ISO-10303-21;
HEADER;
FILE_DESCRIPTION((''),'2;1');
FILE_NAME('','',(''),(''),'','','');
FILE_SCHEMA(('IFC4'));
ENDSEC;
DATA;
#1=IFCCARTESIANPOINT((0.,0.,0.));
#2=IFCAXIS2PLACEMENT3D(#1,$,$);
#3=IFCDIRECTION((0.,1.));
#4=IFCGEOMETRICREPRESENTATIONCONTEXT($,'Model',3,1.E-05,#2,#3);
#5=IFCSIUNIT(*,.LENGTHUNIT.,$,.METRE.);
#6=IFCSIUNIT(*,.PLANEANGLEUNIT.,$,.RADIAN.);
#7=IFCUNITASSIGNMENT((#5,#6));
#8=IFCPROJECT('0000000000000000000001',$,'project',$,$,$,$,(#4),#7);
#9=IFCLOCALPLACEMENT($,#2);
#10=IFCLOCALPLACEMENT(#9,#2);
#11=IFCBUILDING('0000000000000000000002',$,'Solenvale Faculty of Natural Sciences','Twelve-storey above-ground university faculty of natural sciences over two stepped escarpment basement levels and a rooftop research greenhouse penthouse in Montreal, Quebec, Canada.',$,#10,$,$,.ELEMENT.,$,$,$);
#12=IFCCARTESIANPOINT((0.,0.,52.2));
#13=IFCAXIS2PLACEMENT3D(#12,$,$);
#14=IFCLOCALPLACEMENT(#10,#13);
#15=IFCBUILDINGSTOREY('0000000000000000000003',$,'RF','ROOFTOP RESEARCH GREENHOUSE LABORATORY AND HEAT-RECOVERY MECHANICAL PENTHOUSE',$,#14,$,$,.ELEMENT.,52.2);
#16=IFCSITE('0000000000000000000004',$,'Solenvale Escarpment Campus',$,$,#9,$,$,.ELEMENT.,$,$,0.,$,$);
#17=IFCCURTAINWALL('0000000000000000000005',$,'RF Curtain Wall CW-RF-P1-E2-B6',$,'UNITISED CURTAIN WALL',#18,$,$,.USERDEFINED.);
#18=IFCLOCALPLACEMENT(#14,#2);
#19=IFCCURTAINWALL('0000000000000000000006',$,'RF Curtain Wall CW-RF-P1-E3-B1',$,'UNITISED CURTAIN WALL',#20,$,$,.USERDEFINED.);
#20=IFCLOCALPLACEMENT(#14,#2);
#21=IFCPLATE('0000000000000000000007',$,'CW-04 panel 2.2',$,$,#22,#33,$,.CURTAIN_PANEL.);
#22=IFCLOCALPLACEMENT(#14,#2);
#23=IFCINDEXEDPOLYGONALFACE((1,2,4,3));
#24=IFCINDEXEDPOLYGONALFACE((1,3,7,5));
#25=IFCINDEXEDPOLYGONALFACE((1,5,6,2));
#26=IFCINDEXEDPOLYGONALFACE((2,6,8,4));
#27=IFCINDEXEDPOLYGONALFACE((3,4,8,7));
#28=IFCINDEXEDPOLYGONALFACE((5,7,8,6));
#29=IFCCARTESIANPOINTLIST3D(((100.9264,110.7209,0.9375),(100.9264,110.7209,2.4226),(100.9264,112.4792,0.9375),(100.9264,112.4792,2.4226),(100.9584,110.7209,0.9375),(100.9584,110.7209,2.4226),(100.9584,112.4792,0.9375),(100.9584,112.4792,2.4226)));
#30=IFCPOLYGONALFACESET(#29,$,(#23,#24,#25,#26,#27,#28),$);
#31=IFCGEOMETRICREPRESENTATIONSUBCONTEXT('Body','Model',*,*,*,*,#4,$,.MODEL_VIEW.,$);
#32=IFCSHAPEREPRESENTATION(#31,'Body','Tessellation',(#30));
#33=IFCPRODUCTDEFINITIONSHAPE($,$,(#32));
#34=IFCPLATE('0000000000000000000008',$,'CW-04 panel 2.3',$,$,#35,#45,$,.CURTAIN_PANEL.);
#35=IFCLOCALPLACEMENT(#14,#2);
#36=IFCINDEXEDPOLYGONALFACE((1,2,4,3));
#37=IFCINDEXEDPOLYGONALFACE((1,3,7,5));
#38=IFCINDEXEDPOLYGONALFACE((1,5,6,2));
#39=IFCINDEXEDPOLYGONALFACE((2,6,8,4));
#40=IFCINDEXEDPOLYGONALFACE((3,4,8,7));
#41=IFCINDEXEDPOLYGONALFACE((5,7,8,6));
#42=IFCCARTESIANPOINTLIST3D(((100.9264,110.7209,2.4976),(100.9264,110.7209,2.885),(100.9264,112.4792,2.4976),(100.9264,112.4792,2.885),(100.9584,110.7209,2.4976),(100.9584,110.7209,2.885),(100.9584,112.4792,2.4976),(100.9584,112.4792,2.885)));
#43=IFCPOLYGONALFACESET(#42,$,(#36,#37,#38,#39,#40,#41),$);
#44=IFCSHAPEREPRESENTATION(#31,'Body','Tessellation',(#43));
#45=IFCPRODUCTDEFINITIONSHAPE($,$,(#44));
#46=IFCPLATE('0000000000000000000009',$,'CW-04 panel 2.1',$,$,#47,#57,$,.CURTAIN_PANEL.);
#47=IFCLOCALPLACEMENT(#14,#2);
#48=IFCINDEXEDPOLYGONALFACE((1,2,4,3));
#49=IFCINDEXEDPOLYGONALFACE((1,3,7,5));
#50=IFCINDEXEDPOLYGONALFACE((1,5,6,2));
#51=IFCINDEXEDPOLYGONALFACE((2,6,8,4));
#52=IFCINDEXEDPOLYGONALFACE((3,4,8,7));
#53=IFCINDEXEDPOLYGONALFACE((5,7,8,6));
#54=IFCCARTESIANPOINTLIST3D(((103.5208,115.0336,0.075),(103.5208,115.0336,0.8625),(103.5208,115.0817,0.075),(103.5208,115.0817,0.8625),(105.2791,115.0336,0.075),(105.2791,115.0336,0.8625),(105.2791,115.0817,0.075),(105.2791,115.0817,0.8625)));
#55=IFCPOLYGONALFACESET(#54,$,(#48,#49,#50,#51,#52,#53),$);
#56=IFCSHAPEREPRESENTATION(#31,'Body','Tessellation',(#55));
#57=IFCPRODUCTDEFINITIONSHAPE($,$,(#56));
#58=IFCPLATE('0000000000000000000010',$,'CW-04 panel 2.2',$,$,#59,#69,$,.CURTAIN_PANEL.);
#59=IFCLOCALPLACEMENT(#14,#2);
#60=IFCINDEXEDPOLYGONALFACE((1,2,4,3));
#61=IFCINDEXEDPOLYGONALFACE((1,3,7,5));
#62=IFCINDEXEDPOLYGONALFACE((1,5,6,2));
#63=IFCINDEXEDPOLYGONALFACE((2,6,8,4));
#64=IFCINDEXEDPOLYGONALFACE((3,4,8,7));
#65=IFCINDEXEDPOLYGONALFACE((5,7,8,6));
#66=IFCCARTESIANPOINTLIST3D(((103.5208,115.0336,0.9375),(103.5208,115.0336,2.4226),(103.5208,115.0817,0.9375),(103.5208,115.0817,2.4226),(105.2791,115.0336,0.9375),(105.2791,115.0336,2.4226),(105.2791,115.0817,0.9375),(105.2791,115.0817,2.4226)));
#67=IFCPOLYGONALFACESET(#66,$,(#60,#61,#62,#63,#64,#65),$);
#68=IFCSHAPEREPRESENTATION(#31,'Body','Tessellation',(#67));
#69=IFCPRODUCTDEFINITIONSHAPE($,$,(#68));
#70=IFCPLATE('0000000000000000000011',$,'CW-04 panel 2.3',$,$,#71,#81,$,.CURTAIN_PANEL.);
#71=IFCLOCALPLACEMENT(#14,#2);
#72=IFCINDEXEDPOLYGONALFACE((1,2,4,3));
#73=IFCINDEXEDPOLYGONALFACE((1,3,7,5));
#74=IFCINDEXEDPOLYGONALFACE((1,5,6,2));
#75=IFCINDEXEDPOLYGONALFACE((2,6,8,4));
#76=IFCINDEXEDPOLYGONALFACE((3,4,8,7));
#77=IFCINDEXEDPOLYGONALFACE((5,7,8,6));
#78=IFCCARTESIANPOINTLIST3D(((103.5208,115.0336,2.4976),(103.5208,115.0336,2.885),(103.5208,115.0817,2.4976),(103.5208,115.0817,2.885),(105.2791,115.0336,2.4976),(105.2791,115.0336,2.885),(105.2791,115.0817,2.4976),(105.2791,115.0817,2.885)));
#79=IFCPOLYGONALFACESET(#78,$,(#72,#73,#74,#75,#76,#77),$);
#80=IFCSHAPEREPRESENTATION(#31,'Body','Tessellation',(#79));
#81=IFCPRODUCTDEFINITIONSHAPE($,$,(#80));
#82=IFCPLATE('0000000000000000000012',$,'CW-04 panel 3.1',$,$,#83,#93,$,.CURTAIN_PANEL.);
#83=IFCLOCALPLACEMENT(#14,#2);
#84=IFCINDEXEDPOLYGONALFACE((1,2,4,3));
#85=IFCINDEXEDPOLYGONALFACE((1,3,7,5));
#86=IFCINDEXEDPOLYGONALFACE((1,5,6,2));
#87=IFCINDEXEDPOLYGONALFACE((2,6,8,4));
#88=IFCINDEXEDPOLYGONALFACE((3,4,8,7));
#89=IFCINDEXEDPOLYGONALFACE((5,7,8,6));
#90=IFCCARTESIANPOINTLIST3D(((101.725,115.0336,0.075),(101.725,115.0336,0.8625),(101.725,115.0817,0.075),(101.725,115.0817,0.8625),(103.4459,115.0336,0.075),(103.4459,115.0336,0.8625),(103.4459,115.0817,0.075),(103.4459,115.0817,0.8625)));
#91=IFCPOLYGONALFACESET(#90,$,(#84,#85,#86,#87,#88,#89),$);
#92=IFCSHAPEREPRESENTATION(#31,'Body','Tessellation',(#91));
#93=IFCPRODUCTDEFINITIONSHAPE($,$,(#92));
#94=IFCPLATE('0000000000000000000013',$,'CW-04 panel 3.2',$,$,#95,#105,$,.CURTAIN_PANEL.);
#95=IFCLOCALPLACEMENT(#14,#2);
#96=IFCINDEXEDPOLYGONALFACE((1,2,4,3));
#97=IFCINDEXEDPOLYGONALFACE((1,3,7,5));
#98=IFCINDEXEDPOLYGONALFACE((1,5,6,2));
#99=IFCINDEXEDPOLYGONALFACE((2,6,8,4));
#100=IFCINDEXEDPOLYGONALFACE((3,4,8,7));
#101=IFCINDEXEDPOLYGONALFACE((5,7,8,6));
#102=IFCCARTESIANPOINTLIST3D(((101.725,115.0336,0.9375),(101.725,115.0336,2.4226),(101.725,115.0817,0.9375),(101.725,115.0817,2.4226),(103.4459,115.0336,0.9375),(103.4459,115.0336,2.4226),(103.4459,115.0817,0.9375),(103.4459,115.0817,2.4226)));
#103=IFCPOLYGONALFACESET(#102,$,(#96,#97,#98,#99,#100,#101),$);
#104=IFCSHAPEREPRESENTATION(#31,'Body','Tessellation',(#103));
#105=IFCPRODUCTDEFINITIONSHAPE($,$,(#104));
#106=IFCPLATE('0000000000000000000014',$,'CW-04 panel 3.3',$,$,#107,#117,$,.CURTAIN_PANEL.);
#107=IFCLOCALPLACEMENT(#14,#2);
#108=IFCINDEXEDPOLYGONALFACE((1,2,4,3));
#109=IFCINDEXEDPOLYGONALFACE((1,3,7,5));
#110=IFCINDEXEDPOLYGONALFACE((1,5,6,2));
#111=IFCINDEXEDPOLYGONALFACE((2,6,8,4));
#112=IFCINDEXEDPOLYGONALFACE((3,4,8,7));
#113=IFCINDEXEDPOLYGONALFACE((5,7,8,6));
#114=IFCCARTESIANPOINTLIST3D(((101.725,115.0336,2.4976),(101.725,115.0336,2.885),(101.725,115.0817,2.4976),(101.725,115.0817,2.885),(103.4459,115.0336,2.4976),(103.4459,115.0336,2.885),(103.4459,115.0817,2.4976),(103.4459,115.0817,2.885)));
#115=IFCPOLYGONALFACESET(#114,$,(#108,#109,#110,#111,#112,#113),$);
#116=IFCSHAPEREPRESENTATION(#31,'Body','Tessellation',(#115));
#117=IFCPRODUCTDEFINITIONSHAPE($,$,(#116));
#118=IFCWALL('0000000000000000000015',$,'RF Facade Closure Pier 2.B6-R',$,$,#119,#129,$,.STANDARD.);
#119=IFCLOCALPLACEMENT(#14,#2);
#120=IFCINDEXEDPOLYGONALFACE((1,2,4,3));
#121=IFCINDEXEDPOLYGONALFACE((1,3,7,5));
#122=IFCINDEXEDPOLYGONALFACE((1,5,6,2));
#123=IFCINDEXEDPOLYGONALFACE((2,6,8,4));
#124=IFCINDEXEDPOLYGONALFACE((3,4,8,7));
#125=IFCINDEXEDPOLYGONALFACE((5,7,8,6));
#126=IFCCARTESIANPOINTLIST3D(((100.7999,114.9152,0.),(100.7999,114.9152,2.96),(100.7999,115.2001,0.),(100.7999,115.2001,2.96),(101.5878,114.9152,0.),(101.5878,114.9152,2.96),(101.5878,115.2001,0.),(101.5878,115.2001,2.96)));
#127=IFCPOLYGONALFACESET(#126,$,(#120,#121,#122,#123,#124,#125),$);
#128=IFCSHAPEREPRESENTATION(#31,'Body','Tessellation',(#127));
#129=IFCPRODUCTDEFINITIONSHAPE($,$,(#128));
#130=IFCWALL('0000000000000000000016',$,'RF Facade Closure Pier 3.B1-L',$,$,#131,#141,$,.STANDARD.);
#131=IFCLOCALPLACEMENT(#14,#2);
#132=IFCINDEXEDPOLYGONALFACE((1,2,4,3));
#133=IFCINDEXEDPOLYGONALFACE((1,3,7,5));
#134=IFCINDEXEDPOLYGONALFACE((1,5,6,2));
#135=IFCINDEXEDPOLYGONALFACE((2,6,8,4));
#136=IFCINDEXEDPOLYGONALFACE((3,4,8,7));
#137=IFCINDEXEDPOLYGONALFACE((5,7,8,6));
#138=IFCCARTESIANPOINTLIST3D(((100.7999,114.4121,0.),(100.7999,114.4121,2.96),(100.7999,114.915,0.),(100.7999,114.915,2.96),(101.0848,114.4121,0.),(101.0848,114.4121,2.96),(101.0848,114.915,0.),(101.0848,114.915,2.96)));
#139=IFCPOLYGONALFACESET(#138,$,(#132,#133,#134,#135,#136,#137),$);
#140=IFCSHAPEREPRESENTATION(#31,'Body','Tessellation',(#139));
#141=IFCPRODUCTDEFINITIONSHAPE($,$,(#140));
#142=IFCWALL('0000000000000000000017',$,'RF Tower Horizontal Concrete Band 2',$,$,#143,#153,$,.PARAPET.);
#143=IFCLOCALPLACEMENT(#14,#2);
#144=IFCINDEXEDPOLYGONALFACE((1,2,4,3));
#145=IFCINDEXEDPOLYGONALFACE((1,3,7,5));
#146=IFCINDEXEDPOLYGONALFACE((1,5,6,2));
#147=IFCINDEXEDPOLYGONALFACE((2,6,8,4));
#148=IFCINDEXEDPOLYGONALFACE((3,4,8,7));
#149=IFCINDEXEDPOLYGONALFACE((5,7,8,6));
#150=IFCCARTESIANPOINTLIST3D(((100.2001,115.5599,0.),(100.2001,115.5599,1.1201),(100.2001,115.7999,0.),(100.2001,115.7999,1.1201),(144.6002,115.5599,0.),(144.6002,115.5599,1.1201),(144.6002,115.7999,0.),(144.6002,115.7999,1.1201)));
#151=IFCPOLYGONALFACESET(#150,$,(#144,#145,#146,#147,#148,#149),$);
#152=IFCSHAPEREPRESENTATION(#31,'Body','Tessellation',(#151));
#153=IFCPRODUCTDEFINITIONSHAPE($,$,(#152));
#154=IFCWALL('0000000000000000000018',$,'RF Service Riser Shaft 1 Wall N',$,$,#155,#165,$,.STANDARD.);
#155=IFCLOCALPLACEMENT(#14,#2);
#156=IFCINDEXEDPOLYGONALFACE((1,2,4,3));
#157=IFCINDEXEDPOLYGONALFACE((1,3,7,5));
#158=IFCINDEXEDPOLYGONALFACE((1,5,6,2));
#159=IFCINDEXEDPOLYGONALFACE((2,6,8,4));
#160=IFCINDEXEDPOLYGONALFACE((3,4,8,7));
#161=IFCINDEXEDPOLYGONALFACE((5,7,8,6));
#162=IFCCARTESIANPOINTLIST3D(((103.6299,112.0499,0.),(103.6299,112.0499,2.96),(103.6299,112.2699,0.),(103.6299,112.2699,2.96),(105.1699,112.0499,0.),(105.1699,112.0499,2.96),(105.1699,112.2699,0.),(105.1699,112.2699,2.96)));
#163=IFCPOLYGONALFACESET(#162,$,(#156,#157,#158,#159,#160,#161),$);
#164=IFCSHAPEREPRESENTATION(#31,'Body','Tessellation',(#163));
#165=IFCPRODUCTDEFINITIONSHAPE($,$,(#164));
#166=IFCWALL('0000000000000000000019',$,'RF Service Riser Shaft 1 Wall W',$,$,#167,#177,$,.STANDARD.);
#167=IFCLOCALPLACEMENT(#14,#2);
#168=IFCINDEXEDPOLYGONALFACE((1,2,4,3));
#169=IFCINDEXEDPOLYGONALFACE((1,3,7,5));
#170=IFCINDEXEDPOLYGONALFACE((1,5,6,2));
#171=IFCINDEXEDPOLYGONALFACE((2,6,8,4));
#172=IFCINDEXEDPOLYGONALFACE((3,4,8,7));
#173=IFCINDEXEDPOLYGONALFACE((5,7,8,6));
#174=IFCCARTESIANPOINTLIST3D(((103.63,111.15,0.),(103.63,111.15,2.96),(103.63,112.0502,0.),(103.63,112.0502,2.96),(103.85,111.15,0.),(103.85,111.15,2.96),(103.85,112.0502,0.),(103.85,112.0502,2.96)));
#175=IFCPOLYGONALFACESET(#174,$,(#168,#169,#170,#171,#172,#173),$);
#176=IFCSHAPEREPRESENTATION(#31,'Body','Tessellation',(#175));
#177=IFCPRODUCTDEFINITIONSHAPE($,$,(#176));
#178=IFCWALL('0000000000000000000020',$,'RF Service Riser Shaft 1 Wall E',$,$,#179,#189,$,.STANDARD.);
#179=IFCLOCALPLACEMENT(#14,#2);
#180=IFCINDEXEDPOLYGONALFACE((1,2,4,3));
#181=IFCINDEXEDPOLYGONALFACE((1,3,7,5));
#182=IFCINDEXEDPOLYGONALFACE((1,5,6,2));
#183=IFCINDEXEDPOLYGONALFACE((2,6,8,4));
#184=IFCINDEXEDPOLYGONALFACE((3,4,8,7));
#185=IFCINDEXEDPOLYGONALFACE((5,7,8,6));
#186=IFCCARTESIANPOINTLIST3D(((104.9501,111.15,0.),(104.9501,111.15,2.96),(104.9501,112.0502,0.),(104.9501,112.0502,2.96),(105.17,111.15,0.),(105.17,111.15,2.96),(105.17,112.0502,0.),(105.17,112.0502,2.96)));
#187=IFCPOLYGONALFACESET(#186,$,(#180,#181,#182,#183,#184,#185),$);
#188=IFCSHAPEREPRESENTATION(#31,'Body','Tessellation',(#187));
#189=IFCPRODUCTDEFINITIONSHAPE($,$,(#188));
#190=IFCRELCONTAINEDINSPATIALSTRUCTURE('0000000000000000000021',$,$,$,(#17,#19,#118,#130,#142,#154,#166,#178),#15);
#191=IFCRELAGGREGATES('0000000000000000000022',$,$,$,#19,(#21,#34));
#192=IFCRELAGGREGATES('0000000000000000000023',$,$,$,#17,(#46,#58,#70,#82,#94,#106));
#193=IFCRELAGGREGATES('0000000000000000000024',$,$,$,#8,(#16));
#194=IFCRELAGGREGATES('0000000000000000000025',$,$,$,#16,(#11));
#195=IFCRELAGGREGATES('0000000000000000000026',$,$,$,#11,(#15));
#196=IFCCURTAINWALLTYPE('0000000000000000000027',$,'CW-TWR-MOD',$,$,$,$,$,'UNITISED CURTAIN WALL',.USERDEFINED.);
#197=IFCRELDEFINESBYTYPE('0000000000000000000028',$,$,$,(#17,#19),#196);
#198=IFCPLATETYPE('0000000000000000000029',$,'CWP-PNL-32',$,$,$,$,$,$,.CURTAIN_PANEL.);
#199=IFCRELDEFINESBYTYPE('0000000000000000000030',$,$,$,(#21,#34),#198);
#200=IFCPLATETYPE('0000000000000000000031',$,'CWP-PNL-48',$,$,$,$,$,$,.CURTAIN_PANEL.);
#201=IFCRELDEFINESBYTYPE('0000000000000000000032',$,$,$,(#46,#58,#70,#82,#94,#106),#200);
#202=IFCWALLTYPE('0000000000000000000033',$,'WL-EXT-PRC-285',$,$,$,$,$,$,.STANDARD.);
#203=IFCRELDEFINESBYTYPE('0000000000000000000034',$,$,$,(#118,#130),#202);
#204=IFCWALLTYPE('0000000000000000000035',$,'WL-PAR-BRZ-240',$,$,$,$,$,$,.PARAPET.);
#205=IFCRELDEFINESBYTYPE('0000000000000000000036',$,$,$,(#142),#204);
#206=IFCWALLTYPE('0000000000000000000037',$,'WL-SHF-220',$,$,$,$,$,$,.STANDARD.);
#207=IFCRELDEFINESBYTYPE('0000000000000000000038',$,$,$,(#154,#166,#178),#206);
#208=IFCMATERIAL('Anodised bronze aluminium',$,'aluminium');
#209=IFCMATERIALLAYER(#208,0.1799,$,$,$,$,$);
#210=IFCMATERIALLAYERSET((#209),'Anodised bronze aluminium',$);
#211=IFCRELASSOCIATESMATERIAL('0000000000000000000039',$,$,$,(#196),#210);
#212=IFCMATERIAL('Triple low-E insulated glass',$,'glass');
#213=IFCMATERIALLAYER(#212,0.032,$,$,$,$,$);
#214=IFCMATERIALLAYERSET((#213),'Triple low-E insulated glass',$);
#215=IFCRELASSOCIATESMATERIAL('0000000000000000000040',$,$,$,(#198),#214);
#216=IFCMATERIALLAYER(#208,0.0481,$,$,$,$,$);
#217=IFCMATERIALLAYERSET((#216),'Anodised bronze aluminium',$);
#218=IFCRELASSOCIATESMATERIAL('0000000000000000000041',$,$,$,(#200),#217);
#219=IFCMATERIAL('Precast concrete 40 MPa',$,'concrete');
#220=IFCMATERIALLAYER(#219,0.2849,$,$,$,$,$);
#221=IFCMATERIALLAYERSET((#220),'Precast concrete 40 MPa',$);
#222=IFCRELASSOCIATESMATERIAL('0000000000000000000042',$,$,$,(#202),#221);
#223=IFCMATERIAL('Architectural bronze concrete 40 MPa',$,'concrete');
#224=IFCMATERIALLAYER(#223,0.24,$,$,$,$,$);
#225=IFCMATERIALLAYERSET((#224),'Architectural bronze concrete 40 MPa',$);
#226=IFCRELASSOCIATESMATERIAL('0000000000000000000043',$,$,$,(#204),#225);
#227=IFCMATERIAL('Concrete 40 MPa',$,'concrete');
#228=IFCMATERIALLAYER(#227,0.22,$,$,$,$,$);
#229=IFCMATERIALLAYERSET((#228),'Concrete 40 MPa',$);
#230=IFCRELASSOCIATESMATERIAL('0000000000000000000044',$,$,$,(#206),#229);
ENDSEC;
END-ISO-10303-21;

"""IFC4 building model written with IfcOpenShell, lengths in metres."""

from ifc_helpers import new_model, si_unit, direction, frame, frame_2d, origin, origin_2d, place, context, subcontext, project, spatial, rectangle, extrude, material, layer, layer_set, type_object, element, aggregate, save


model = new_model("IFC4")

# Units and contexts
model_context = context("Model", 3, precision=1e-05, world=origin(), true_north=direction((0.0, 1.0)))
body_context = subcontext(model_context, "Body", "Model", "MODEL_VIEW")
ifc_project = project(units=[si_unit("LENGTHUNIT", "METRE"), si_unit("PLANEANGLEUNIT", "RADIAN")], contexts=[model_context])

# Site, building, storey
site_placement = place(None, origin())
site = spatial("IfcSite", under=ifc_project, at=site_placement, Name="Solenvale Escarpment Campus", CompositionType="ELEMENT", RefElevation=0.0)
building_placement = place(site_placement, origin())
building = spatial("IfcBuilding", under=site, at=building_placement, Name="Solenvale Faculty of Natural Sciences", Description="Twelve-storey above-ground university faculty of natural sciences over two stepped escarpment basement levels and a rooftop research greenhouse penthouse in Montreal, Quebec, Canada.", CompositionType="ELEMENT")
storey_placement = place(building_placement, frame((0.0, 0.0, 52.2)))
storey = spatial("IfcBuildingStorey", under=building, at=storey_placement, Name="RF", Description="ROOFTOP RESEARCH GREENHOUSE LABORATORY AND HEAT-RECOVERY MECHANICAL PENTHOUSE", CompositionType="ELEMENT", Elevation=52.2)

# Shared definitions
ifc_material_1 = material(Name="Concrete 40 MPa", Category="concrete")

# Shared definitions
ifc_material_2 = material(Name="Precast concrete 40 MPa", Category="concrete")

# Curtain walls
ifc_material_3 = material(Name="Anodised bronze aluminium", Category="aluminium")
ifc_layer_1 = layer(ifc_material_3, 0.1799)
ifc_layer_set_1 = layer_set([ifc_layer_1], Name="Anodised bronze aluminium")
curtain_wall_type = type_object("IfcCurtainWallType", Name="CW-TWR-MOD", ElementType="UNITISED CURTAIN WALL", PredefinedType="USERDEFINED", material=ifc_layer_set_1)
curtain_wall_1_placement = place(storey_placement, origin())
curtain_wall_1 = element("IfcCurtainWall", 1, at=curtain_wall_1_placement, inside=storey, type_object=curtain_wall_type, Name="RF Curtain Wall CW-RF-P1-E2-B6", ObjectType="UNITISED CURTAIN WALL", PredefinedType="USERDEFINED")
curtain_wall_2_placement = place(storey_placement, origin())
curtain_wall_2 = element("IfcCurtainWall", 2, at=curtain_wall_2_placement, inside=storey, type_object=curtain_wall_type, Name="RF Curtain Wall CW-RF-P1-E3-B1", ObjectType="UNITISED CURTAIN WALL", PredefinedType="USERDEFINED")

# Plates
ifc_material_4 = material(Name="Triple low-E insulated glass", Category="glass")
ifc_layer_2 = layer(ifc_material_4, 0.032)
ifc_layer_set_2 = layer_set([ifc_layer_2], Name="Triple low-E insulated glass")
plate_type_1 = type_object("IfcPlateType", Name="CWP-PNL-32", PredefinedType="CURTAIN_PANEL", material=ifc_layer_set_2)
plate_1_placement = place(storey_placement, frame((100.9424, 111.6001, 0.9375), z_axis=(0.0, 0.0, 1.0), x_axis=(0.0, -1.0, 0.0)))
plate_1 = element("IfcPlate", 3, at=plate_1_placement, type_object=plate_type_1, Name="CW-04 panel 2.2", PredefinedType="CURTAIN_PANEL", context=body_context, shape_type="SweptSolid", body=[
    extrude(rectangle(XDim=1.7583, YDim=0.032, at=origin_2d()), origin(), (0.0, 0.0, 1.0), 1.4851),
])
plate_2_placement = place(storey_placement, frame((100.9424, 111.6001, 2.4976), z_axis=(0.0, 0.0, 1.0), x_axis=(0.0, -1.0, 0.0)))
plate_2 = element("IfcPlate", 4, at=plate_2_placement, type_object=plate_type_1, Name="CW-04 panel 2.3", PredefinedType="CURTAIN_PANEL", context=body_context, shape_type="SweptSolid", body=[
    extrude(rectangle(XDim=1.7583, YDim=0.032, at=origin_2d()), origin(), (0.0, 0.0, 1.0), 0.3875),
])
aggregate(curtain_wall_2, [plate_1, plate_2])
ifc_layer_3 = layer(ifc_material_3, 0.0481)
ifc_layer_set_3 = layer_set([ifc_layer_3], Name="Anodised bronze aluminium")
plate_type_2 = type_object("IfcPlateType", Name="CWP-PNL-48", PredefinedType="CURTAIN_PANEL", material=ifc_layer_set_3)
plate_3_placement = place(storey_placement, frame((104.3999, 115.0576, 0.075), z_axis=(0.0, 0.0, 1.0), x_axis=(-1.0, 0.0, 0.0)))
plate_3 = element("IfcPlate", 5, at=plate_3_placement, type_object=plate_type_2, Name="CW-04 panel 2.1", PredefinedType="CURTAIN_PANEL", context=body_context, shape_type="SweptSolid", body=[
    extrude(rectangle(XDim=1.7583, YDim=0.0481, at=origin_2d()), origin(), (0.0, 0.0, 1.0), 0.7876),
])
plate_4_placement = place(storey_placement, frame((104.3999, 115.0576, 0.9375), z_axis=(0.0, 0.0, 1.0), x_axis=(-1.0, 0.0, 0.0)))
plate_4 = element("IfcPlate", 6, at=plate_4_placement, type_object=plate_type_2, Name="CW-04 panel 2.2", PredefinedType="CURTAIN_PANEL", context=body_context, shape_type="SweptSolid", body=[
    extrude(rectangle(XDim=1.7583, YDim=0.0481, at=origin_2d()), origin(), (0.0, 0.0, 1.0), 1.4851),
])
plate_5_placement = place(storey_placement, frame((104.3999, 115.0576, 2.4976), z_axis=(0.0, 0.0, 1.0), x_axis=(-1.0, 0.0, 0.0)))
plate_5 = element("IfcPlate", 7, at=plate_5_placement, type_object=plate_type_2, Name="CW-04 panel 2.3", PredefinedType="CURTAIN_PANEL", context=body_context, shape_type="SweptSolid", body=[
    extrude(rectangle(XDim=1.7583, YDim=0.0481, at=origin_2d()), origin(), (0.0, 0.0, 1.0), 0.3875),
])
plate_6_placement = place(storey_placement, frame((102.5854, 115.0576, 0.075), z_axis=(0.0, 0.0, 1.0), x_axis=(-1.0, 0.0, 0.0)))
plate_6 = element("IfcPlate", 8, at=plate_6_placement, type_object=plate_type_2, Name="CW-04 panel 3.1", PredefinedType="CURTAIN_PANEL", context=body_context, shape_type="SweptSolid", body=[
    extrude(rectangle(XDim=1.7209, YDim=0.0481, at=origin_2d()), origin(), (0.0, 0.0, 1.0), 0.7876),
])
plate_7_placement = place(storey_placement, frame((102.5854, 115.0576, 0.9375), z_axis=(0.0, 0.0, 1.0), x_axis=(-1.0, 0.0, 0.0)))
plate_7 = element("IfcPlate", 9, at=plate_7_placement, type_object=plate_type_2, Name="CW-04 panel 3.2", PredefinedType="CURTAIN_PANEL", context=body_context, shape_type="SweptSolid", body=[
    extrude(rectangle(XDim=1.7209, YDim=0.0481, at=origin_2d()), origin(), (0.0, 0.0, 1.0), 1.4851),
])
plate_8_placement = place(storey_placement, frame((102.5854, 115.0576, 2.4976), z_axis=(0.0, 0.0, 1.0), x_axis=(-1.0, 0.0, 0.0)))
plate_8 = element("IfcPlate", 10, at=plate_8_placement, type_object=plate_type_2, Name="CW-04 panel 3.3", PredefinedType="CURTAIN_PANEL", context=body_context, shape_type="SweptSolid", body=[
    extrude(rectangle(XDim=1.7209, YDim=0.0481, at=origin_2d()), origin(), (0.0, 0.0, 1.0), 0.3875),
])
aggregate(curtain_wall_1, [plate_3, plate_4, plate_5, plate_6, plate_7, plate_8])

# Walls
ifc_layer_4 = layer(ifc_material_2, 0.2849)
ifc_layer_set_4 = layer_set([ifc_layer_4], Name="Precast concrete 40 MPa")
wall_type_1 = type_object("IfcWallType", Name="WL-EXT-PRC-285", PredefinedType="STANDARD", material=ifc_layer_set_4)
wall_1_placement = place(storey_placement, frame((101.5879, 115.0576, 0.0), z_axis=(0.0, 0.0, 1.0), x_axis=(-1.0, 0.0, 0.0)))
element("IfcWall", 11, at=wall_1_placement, inside=storey, type_object=wall_type_1, Name="RF Facade Closure Pier 2.B6-R", PredefinedType="STANDARD", context=body_context, shape_type="SweptSolid", body=[
    extrude(rectangle(XDim=0.7878, YDim=0.2849, at=frame_2d((0.394, 0.0))), origin(), (0.0, 0.0, 1.0), 2.96),
])
wall_2_placement = place(storey_placement, frame((100.9424, 114.915, 0.0), z_axis=(0.0, 0.0, 1.0), x_axis=(0.0, -1.0, 0.0)))
element("IfcWall", 12, at=wall_2_placement, inside=storey, type_object=wall_type_1, Name="RF Facade Closure Pier 3.B1-L", PredefinedType="STANDARD", context=body_context, shape_type="SweptSolid", body=[
    extrude(rectangle(XDim=0.5029, YDim=0.2849, at=frame_2d((0.2515, 0.0))), origin(), (0.0, 0.0, 1.0), 2.96),
])
ifc_material_5 = material(Name="Architectural bronze concrete 40 MPa", Category="concrete")
ifc_layer_5 = layer(ifc_material_5, 0.24)
ifc_layer_set_5 = layer_set([ifc_layer_5], Name="Architectural bronze concrete 40 MPa")
wall_type_2 = type_object("IfcWallType", Name="WL-PAR-BRZ-240", PredefinedType="PARAPET", material=ifc_layer_set_5)
wall_3_placement = place(storey_placement, frame((100.2, 115.6799, 0.0), z_axis=(0.0, 0.0, 1.0), x_axis=(1.0, 0.0, 0.0)))
element("IfcWall", 13, at=wall_3_placement, inside=storey, type_object=wall_type_2, Name="RF Tower Horizontal Concrete Band 2", PredefinedType="PARAPET", context=body_context, shape_type="SweptSolid", body=[
    extrude(rectangle(XDim=44.4001, YDim=0.24, at=frame_2d((22.2002, 0.0))), origin(), (0.0, 0.0, 1.0), 1.1201),
])
ifc_layer_6 = layer(ifc_material_1, 0.22)
ifc_layer_set_6 = layer_set([ifc_layer_6], Name="Concrete 40 MPa")
wall_type_3 = type_object("IfcWallType", Name="WL-SHF-220", PredefinedType="STANDARD", material=ifc_layer_set_6)
wall_4_placement = place(storey_placement, frame((103.6299, 112.1599, 0.0), z_axis=(0.0, 0.0, 1.0), x_axis=(1.0, 0.0, 0.0)))
element("IfcWall", 14, at=wall_4_placement, inside=storey, type_object=wall_type_3, Name="RF Service Riser Shaft 1 Wall N", PredefinedType="STANDARD", context=body_context, shape_type="SweptSolid", body=[
    extrude(rectangle(XDim=1.54, YDim=0.22, at=frame_2d((0.77, 0.0))), origin(), (0.0, 0.0, 1.0), 2.96),
])
for number, where, z_axis, x_axis, name in (
    (15, (103.74, 111.1499, 0.0), (0.0, 0.0, 1.0), (0.0, 1.0, 0.0), "RF Service Riser Shaft 1 Wall W"),
    (16, (105.0601, 111.1499, 0.0), (0.0, 0.0, 1.0), (0.0, 1.0, 0.0), "RF Service Riser Shaft 1 Wall E"),
):
    element("IfcWall", number, at=place(storey_placement, frame(where, z_axis=z_axis, x_axis=x_axis)), inside=storey, type_object=wall_type_3, Name=name, PredefinedType="STANDARD", context=body_context, shape_type="SweptSolid", body=[
        extrude(rectangle(XDim=0.9001, YDim=0.22, at=frame_2d((0.4502, 0.0))), origin(), (0.0, 0.0, 1.0), 2.96),
    ])

save(model, "model.ifc")
